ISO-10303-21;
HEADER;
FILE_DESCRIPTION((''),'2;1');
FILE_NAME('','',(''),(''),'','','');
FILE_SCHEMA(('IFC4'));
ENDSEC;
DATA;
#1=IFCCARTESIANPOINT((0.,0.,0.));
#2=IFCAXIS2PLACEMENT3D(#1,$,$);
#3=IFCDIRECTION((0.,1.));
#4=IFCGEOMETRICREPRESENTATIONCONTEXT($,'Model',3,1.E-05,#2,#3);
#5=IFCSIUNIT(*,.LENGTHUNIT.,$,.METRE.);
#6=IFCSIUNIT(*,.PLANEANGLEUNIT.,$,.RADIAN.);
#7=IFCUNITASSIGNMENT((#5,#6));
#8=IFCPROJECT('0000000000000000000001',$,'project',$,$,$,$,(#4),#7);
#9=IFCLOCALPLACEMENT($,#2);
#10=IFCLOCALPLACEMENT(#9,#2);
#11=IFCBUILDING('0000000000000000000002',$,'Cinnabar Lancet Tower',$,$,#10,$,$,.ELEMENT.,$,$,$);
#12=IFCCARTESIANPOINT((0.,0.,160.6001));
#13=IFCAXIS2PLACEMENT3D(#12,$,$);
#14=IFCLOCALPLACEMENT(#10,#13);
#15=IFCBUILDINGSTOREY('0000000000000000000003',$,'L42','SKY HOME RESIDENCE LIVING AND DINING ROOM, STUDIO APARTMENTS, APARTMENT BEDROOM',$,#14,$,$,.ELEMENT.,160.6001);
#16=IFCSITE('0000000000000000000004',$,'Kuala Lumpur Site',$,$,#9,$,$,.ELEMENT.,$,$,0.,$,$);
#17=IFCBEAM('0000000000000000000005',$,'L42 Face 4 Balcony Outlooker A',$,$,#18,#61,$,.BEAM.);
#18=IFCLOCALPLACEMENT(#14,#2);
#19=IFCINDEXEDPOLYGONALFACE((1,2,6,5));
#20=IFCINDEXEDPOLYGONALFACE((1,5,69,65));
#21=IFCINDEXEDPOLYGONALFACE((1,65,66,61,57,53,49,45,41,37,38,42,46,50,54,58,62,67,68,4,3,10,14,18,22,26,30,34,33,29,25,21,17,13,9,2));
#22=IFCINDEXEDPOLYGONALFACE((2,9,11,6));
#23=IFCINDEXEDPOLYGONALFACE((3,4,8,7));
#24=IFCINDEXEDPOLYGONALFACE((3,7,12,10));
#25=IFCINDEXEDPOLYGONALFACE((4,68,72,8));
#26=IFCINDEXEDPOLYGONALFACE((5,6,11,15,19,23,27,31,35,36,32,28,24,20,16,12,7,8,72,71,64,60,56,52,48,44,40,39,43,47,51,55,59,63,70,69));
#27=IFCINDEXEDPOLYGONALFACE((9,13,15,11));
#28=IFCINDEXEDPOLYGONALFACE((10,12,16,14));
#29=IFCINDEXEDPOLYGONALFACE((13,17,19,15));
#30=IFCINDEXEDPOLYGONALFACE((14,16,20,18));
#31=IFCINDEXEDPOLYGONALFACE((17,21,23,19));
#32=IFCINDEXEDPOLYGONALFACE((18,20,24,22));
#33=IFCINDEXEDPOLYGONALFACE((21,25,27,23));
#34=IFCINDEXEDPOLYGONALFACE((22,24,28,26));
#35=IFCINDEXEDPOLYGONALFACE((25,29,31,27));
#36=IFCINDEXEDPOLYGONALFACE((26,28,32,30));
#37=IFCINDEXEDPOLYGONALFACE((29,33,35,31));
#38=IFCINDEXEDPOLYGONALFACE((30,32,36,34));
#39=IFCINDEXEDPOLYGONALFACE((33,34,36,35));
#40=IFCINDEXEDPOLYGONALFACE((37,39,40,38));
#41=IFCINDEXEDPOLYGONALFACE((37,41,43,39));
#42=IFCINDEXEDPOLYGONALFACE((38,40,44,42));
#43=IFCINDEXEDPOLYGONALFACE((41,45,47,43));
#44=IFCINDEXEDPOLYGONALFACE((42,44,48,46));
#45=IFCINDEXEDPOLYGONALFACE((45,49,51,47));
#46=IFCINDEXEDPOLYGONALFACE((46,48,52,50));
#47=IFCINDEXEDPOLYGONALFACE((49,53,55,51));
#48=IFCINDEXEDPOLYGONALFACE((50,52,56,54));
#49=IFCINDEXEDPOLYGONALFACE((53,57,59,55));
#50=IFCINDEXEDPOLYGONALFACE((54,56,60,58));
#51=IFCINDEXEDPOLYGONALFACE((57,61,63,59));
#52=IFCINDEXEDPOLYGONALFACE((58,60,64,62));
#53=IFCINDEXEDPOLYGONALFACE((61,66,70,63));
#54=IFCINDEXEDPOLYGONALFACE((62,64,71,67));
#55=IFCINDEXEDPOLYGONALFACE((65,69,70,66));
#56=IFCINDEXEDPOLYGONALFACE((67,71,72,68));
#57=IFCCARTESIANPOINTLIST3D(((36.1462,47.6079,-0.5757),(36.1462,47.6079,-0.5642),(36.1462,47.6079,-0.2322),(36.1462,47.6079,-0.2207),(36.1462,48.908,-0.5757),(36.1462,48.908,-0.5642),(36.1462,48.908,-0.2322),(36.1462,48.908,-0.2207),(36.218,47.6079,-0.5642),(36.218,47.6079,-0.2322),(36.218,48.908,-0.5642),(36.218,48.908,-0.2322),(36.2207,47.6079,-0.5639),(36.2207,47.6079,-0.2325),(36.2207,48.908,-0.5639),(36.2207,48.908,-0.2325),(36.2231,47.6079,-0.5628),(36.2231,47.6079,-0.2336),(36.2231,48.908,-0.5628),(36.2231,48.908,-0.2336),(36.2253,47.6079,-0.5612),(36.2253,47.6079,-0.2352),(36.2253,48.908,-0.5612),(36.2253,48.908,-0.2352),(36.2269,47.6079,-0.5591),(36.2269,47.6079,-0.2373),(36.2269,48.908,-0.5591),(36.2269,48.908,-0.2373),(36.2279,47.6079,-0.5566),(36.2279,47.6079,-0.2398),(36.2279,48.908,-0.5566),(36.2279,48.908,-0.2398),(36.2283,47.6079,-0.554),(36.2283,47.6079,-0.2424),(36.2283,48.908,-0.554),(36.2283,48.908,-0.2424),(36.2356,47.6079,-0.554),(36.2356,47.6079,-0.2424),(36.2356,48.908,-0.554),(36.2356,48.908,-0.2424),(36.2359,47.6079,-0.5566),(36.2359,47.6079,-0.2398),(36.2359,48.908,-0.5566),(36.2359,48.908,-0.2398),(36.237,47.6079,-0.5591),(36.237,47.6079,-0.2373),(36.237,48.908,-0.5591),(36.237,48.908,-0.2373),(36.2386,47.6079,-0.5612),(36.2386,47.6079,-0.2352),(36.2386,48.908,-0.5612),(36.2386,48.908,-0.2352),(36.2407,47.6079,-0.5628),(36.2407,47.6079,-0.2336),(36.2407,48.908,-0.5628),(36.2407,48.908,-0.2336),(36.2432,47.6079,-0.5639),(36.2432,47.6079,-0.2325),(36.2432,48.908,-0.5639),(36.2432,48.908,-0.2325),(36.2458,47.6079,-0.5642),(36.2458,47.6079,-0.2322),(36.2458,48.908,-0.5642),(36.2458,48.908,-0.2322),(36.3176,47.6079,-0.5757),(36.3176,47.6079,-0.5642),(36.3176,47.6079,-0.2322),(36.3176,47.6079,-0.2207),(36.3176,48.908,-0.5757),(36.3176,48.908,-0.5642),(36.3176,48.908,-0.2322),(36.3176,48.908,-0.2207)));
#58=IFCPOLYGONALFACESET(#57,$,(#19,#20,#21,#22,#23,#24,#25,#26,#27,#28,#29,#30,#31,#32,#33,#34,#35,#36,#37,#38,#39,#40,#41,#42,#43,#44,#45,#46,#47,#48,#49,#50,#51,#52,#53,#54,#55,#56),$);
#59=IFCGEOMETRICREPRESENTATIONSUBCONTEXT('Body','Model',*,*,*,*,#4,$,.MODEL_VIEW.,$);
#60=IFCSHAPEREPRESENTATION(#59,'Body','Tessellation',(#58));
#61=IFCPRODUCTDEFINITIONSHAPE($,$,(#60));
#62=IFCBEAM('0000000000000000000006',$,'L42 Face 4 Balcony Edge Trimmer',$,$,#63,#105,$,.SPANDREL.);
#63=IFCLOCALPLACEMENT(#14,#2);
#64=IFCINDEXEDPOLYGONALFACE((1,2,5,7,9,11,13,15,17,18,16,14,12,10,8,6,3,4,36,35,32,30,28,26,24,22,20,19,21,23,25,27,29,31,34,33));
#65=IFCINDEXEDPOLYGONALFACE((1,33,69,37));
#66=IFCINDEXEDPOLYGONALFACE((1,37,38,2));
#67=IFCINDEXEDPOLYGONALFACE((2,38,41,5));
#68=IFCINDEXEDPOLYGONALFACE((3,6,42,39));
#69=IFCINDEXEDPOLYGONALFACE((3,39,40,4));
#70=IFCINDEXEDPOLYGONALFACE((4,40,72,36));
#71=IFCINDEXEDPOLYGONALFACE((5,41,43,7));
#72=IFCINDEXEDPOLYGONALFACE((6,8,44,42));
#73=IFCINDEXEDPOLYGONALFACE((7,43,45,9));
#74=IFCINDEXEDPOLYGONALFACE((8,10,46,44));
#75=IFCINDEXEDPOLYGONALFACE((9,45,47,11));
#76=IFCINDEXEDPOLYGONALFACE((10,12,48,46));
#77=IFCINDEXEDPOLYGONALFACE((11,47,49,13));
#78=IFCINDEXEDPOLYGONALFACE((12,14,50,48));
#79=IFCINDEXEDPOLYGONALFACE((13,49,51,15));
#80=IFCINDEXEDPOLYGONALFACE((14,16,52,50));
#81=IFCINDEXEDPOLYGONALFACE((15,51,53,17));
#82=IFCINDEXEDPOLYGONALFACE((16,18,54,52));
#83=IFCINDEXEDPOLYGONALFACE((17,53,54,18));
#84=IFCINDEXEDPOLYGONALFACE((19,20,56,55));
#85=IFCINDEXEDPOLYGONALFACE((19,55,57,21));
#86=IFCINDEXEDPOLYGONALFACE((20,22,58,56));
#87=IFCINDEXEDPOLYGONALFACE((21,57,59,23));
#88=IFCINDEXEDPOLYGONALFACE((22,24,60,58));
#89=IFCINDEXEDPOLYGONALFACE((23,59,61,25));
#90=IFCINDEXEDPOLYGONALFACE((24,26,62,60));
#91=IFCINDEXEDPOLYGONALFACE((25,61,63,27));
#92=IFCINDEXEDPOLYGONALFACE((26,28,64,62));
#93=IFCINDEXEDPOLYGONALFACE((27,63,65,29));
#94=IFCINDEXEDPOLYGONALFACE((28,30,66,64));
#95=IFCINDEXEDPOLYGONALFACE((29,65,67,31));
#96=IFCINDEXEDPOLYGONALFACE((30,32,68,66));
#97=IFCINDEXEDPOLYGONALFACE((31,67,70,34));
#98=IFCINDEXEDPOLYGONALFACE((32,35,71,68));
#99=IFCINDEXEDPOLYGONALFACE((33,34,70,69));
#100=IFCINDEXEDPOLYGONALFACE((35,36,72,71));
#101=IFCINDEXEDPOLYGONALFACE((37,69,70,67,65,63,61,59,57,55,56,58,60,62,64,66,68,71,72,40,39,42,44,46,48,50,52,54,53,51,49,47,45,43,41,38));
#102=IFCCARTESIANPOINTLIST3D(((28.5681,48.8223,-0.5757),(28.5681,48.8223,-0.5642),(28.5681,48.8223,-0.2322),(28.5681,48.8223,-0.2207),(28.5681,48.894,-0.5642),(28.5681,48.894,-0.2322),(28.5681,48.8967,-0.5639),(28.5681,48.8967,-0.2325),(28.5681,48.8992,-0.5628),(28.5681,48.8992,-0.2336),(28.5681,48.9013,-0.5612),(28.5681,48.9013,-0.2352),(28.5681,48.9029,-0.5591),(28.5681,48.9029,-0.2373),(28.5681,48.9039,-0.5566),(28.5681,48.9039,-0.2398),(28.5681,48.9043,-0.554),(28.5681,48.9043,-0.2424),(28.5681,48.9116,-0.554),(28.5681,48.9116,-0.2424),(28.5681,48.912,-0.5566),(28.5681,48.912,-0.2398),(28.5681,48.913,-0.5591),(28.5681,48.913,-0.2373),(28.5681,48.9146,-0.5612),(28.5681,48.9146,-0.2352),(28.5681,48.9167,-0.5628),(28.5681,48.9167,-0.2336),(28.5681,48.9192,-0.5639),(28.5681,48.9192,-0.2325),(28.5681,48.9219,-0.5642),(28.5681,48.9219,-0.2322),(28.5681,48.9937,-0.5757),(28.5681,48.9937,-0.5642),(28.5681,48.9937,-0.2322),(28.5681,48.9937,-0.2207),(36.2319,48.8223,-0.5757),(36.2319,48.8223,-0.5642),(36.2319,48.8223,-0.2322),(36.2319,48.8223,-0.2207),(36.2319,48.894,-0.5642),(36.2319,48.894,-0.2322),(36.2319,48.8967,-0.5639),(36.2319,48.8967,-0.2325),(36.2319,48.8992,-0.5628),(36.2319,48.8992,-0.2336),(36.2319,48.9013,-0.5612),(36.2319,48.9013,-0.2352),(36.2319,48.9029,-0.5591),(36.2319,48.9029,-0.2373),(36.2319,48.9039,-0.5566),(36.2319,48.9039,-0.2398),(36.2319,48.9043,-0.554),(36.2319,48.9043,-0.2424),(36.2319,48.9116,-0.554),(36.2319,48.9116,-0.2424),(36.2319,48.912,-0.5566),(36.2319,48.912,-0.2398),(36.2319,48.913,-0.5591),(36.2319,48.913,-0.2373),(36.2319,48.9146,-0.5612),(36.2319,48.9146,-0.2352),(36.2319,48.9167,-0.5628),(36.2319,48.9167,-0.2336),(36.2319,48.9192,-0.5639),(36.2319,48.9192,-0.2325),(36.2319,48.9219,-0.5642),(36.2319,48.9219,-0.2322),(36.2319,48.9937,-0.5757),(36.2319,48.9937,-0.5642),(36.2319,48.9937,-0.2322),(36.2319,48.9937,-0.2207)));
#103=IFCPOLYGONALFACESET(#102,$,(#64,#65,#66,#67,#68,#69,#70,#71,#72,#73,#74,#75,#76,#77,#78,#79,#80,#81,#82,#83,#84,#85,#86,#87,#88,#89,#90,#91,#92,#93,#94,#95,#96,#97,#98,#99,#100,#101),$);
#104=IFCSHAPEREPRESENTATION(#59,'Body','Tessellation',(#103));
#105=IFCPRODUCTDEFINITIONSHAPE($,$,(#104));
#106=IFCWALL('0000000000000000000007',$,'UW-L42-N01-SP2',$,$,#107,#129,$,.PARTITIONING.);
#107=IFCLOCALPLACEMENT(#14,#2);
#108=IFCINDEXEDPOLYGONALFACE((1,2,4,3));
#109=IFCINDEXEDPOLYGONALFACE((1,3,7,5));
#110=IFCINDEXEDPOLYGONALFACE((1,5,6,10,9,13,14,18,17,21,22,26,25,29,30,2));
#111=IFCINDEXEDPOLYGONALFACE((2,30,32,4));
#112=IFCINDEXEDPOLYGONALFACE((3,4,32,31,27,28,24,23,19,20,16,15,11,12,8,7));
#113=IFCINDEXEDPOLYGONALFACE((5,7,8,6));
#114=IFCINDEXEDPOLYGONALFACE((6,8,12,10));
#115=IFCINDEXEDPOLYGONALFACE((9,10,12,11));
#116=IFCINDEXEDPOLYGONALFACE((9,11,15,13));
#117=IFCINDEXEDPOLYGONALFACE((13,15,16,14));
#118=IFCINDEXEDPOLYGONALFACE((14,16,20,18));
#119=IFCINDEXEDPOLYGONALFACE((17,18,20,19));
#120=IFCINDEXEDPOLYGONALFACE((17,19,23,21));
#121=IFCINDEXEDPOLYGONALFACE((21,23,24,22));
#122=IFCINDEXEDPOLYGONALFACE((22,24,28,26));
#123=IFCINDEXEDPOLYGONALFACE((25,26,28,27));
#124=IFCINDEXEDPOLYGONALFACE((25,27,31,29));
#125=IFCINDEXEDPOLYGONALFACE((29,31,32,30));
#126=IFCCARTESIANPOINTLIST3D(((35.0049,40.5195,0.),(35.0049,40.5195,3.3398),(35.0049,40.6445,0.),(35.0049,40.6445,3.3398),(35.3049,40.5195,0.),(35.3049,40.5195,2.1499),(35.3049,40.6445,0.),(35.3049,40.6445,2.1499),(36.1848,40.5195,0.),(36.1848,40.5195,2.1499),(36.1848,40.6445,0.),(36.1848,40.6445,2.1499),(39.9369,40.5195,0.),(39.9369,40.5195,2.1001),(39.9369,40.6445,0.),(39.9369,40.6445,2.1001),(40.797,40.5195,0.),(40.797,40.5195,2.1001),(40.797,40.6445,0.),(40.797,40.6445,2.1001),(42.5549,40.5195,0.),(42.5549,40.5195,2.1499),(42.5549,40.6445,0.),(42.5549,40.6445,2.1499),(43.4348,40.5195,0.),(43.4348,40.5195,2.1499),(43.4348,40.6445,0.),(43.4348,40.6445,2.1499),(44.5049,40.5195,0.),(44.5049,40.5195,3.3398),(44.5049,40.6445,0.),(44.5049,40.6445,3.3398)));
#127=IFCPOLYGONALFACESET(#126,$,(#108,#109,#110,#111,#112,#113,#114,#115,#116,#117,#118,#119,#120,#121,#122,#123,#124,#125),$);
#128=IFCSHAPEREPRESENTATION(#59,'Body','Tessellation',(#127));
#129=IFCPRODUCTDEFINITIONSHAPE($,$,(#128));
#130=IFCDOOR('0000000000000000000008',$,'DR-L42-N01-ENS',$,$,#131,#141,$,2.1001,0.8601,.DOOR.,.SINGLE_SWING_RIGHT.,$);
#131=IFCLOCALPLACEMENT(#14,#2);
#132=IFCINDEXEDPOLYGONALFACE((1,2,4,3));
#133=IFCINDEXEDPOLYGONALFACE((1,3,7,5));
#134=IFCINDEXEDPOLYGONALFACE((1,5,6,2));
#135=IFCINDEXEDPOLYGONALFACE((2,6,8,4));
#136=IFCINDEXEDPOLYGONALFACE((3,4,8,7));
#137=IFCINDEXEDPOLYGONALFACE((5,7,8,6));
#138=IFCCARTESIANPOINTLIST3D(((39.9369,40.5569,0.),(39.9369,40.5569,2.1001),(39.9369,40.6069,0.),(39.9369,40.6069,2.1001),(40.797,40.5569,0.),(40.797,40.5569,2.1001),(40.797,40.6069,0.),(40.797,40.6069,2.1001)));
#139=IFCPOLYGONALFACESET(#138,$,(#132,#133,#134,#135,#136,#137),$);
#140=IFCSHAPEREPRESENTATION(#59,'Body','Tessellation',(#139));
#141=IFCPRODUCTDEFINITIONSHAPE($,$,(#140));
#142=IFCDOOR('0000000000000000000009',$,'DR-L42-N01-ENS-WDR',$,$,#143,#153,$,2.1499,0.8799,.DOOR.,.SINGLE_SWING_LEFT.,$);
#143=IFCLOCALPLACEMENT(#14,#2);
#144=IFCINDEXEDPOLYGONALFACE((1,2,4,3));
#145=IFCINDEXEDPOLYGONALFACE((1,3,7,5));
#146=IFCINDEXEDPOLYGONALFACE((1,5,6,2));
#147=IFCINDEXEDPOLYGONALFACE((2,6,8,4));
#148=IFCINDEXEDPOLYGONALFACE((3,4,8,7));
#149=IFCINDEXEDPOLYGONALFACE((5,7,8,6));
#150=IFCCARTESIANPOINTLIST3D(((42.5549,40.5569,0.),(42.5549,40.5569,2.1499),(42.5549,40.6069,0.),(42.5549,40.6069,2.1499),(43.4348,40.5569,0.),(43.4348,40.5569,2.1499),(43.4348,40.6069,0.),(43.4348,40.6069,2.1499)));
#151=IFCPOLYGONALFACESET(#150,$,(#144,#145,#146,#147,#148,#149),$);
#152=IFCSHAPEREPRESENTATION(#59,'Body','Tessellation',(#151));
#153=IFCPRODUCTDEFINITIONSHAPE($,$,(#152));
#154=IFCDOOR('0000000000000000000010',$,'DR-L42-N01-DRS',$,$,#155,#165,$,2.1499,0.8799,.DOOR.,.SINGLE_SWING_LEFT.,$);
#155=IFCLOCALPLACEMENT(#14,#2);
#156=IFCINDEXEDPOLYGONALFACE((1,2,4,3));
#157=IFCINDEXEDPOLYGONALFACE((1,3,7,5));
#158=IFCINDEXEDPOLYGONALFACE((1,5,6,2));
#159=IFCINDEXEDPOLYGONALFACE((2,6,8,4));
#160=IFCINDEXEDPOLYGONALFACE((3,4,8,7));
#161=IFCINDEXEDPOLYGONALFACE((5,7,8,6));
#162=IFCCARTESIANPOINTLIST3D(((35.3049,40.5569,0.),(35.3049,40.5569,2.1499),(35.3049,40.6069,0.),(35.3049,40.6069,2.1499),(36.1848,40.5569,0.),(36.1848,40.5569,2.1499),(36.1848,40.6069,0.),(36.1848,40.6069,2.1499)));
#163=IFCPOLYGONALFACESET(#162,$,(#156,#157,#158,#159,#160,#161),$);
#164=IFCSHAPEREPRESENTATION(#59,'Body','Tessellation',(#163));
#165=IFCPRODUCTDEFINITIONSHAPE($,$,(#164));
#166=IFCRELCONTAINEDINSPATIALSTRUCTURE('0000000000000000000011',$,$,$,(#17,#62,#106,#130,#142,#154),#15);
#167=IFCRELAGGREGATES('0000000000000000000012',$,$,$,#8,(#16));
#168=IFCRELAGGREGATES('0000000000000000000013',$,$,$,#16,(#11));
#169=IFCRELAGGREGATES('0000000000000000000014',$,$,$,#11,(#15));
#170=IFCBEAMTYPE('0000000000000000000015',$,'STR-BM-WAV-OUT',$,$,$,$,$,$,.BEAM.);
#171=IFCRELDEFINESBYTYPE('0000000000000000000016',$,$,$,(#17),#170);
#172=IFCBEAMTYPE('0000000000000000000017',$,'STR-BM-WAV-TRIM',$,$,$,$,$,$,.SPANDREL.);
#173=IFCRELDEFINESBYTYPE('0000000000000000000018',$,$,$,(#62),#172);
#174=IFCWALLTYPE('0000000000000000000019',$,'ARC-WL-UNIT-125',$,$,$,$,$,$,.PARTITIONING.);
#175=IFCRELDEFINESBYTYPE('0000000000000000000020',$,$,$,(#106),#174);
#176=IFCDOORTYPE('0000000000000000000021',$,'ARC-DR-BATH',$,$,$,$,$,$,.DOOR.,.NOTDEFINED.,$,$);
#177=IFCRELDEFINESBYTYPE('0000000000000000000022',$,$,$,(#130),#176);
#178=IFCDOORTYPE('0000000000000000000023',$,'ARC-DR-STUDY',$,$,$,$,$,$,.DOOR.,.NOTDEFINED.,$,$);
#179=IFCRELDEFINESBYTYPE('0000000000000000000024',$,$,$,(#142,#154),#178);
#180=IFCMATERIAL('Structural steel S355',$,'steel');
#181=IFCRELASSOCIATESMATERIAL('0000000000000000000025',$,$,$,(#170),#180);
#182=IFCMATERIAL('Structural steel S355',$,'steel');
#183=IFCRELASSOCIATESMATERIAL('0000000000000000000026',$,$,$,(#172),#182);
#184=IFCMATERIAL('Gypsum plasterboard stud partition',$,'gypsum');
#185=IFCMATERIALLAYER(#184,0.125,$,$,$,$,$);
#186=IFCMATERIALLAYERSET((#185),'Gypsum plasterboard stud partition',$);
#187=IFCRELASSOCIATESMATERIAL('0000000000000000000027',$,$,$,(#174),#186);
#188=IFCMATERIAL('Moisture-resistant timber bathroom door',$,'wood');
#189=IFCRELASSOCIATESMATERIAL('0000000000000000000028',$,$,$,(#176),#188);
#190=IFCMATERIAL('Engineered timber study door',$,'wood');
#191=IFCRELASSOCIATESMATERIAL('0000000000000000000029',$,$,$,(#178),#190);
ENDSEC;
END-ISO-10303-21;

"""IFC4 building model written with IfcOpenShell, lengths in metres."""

from ifc_helpers import new_model, si_unit, direction, frame, frame_2d, origin, origin_2d, place, context, subcontext, project, spatial, rectangle, i_section, extrude, material, layer, layer_set, material_profile, profile_set, type_object, element, fill, save


model = new_model("IFC4")

# Units and contexts
model_context = context("Model", 3, precision=1e-05, world=origin(), true_north=direction((0.0, 1.0)))
body_context = subcontext(model_context, "Body", "Model", "MODEL_VIEW")
ifc_project = project(units=[si_unit("LENGTHUNIT", "METRE"), si_unit("PLANEANGLEUNIT", "RADIAN")], contexts=[model_context])

# Site, building, storey
site_placement = place(None, origin())
site = spatial("IfcSite", under=ifc_project, at=site_placement, Name="Kuala Lumpur Site", CompositionType="ELEMENT", RefElevation=0.0)
building_placement = place(site_placement, origin())
building = spatial("IfcBuilding", under=site, at=building_placement, Name="Cinnabar Lancet Tower", CompositionType="ELEMENT")
storey_placement = place(building_placement, frame((0.0, 0.0, 160.6001)))
storey = spatial("IfcBuildingStorey", under=building, at=storey_placement, Name="L42", Description="SKY HOME RESIDENCE LIVING AND DINING ROOM, STUDIO APARTMENTS, APARTMENT BEDROOM", CompositionType="ELEMENT", Elevation=160.6001)

# Beams
ifc_material_1 = material(Name="Structural steel S355", Category="steel")
ifc_material_profile_1 = material_profile(ifc_material_1, i_section(OverallWidth=0.1714, OverallDepth=0.355, WebThickness=0.0073, FlangeThickness=0.0115, FilletRadius=0.0103, at=origin_2d()), Name="UKB 356x171x51")
ifc_profile_set_1 = profile_set([ifc_material_profile_1], Name="Structural steel S355")
beam_type_1 = type_object("IfcBeamType", Name="STR-BM-WAV-OUT", PredefinedType="BEAM", material=ifc_profile_set_1)
beam_1_placement = place(storey_placement, frame((36.2319, 47.6079, -0.3982), z_axis=(0.0, 1.0, 0.0), x_axis=(-1.0, 0.0, 0.0)))
element("IfcBeam", 1, at=beam_1_placement, inside=storey, type_object=beam_type_1, Name="L42 Face 4 Balcony Outlooker A", PredefinedType="BEAM", context=body_context, shape_type="SweptSolid", body=[
    extrude(i_section(OverallWidth=0.1714, OverallDepth=0.355, WebThickness=0.0073, FlangeThickness=0.0115, FilletRadius=0.0103, at=origin_2d()), origin(), (0.0, 0.0, 1.0), 1.3),
])
ifc_material_2 = material(Name="Structural steel S355", Category="steel")
ifc_material_profile_2 = material_profile(ifc_material_2, i_section(OverallWidth=0.1714, OverallDepth=0.355, WebThickness=0.0073, FlangeThickness=0.0115, FilletRadius=0.0103, at=origin_2d()), Name="UKB 356x171x51")
ifc_profile_set_2 = profile_set([ifc_material_profile_2], Name="Structural steel S355")
beam_type_2 = type_object("IfcBeamType", Name="STR-BM-WAV-TRIM", PredefinedType="SPANDREL", material=ifc_profile_set_2)
beam_2_placement = place(storey_placement, frame((36.2319, 48.908, -0.3982), z_axis=(-1.0, 0.0, 0.0), x_axis=(0.0, -1.0, 0.0)))
element("IfcBeam", 2, at=beam_2_placement, inside=storey, type_object=beam_type_2, Name="L42 Face 4 Balcony Edge Trimmer", PredefinedType="SPANDREL", context=body_context, shape_type="SweptSolid", body=[
    extrude(i_section(OverallWidth=0.1714, OverallDepth=0.355, WebThickness=0.0073, FlangeThickness=0.0115, FilletRadius=0.0103, at=origin_2d()), origin(), (0.0, 0.0, 1.0), 7.6638),
])

# Wall, openings, doors
ifc_material_3 = material(Name="Gypsum plasterboard stud partition", Category="gypsum")
ifc_layer_1 = layer(ifc_material_3, 0.125)
ifc_layer_set_1 = layer_set([ifc_layer_1], Name="Gypsum plasterboard stud partition")
wall_type_1 = type_object("IfcWallType", Name="ARC-WL-UNIT-125", PredefinedType="PARTITIONING", material=ifc_layer_set_1)
wall_1_placement = place(storey_placement, frame((35.0049, 40.582, 0.0), z_axis=(0.0, 0.0, 1.0), x_axis=(1.0, 0.0, 0.0)))
wall_1 = element("IfcWall", 3, at=wall_1_placement, inside=storey, type_object=wall_type_1, Name="UW-L42-N01-SP2", PredefinedType="PARTITIONING", context=body_context, shape_type="SweptSolid", body=[
    extrude(rectangle(XDim=9.5, YDim=0.125, at=frame_2d((4.75, 0.0))), origin(), (0.0, 0.0, 1.0), 3.3398),
])
opening_1_placement = place(wall_1_placement, frame((4.9319, 0.0, 0.0)))
opening_1 = element("IfcOpeningElement", 4, at=opening_1_placement, cuts=wall_1, PredefinedType="OPENING", context=body_context, shape_type="SweptSolid", body=[
    extrude(rectangle(XDim=0.8601, YDim=2.1001, at=frame_2d((0.4302, 1.05))), frame((0.0, 0.0725, 0.0), z_axis=(0.0, -1.0, 0.0), x_axis=(1.0, 0.0, 0.0)), (0.0, 0.0, 1.0), 0.145),
])
opening_2_placement = place(wall_1_placement, frame((7.55, 0.0, 0.0)))
opening_2 = element("IfcOpeningElement", 5, at=opening_2_placement, cuts=wall_1, PredefinedType="OPENING", context=body_context, shape_type="SweptSolid", body=[
    extrude(rectangle(XDim=0.8799, YDim=2.1499, at=frame_2d((0.4399, 1.075))), frame((0.0, 0.0725, 0.0), z_axis=(0.0, -1.0, 0.0), x_axis=(1.0, 0.0, 0.0)), (0.0, 0.0, 1.0), 0.145),
])
opening_3_placement = place(wall_1_placement, frame((0.3, 0.0, 0.0)))
opening_3 = element("IfcOpeningElement", 6, at=opening_3_placement, cuts=wall_1, PredefinedType="OPENING", context=body_context, shape_type="SweptSolid", body=[
    extrude(rectangle(XDim=0.8799, YDim=2.1499, at=frame_2d((0.4399, 1.075))), frame((0.0, 0.0725, 0.0), z_axis=(0.0, -1.0, 0.0), x_axis=(1.0, 0.0, 0.0)), (0.0, 0.0, 1.0), 0.145),
])
ifc_material_4 = material(Name="Moisture-resistant timber bathroom door", Category="wood")
door_type_1 = type_object("IfcDoorType", Name="ARC-DR-BATH", OperationType="NOTDEFINED", PredefinedType="DOOR", material=ifc_material_4)
door_1_placement = place(opening_1_placement, origin())
door_1 = element("IfcDoor", 7, at=door_1_placement, inside=storey, type_object=door_type_1, Name="DR-L42-N01-ENS", OperationType="SINGLE_SWING_RIGHT", OverallHeight=2.1001, OverallWidth=0.8601, PredefinedType="DOOR", context=body_context, shape_type="SweptSolid", body=[
    extrude(rectangle(XDim=0.8601, YDim=2.1001, at=frame_2d((0.4302, 1.05))), frame((0.0, 0.0249, 0.0), z_axis=(0.0, -1.0, 0.0), x_axis=(1.0, 0.0, 0.0)), (0.0, 0.0, 1.0), 0.05),
])
fill(opening_1, door_1)
ifc_material_5 = material(Name="Engineered timber study door", Category="wood")
door_type_2 = type_object("IfcDoorType", Name="ARC-DR-STUDY", OperationType="NOTDEFINED", PredefinedType="DOOR", material=ifc_material_5)
door_2_placement = place(opening_2_placement, origin())
door_2 = element("IfcDoor", 8, at=door_2_placement, inside=storey, type_object=door_type_2, Name="DR-L42-N01-ENS-WDR", OperationType="SINGLE_SWING_LEFT", OverallHeight=2.1499, OverallWidth=0.8799, PredefinedType="DOOR", context=body_context, shape_type="SweptSolid", body=[
    extrude(rectangle(XDim=0.8799, YDim=2.1499, at=frame_2d((0.4399, 1.075))), frame((0.0, 0.0249, 0.0), z_axis=(0.0, -1.0, 0.0), x_axis=(1.0, 0.0, 0.0)), (0.0, 0.0, 1.0), 0.05),
])
fill(opening_2, door_2)
door_3_placement = place(opening_3_placement, origin())
door_3 = element("IfcDoor", 9, at=door_3_placement, inside=storey, type_object=door_type_2, Name="DR-L42-N01-DRS", OperationType="SINGLE_SWING_LEFT", OverallHeight=2.1499, OverallWidth=0.8799, PredefinedType="DOOR", context=body_context, shape_type="SweptSolid", body=[
    extrude(rectangle(XDim=0.8799, YDim=2.1499, at=frame_2d((0.4399, 1.075))), frame((0.0, 0.0249, 0.0), z_axis=(0.0, -1.0, 0.0), x_axis=(1.0, 0.0, 0.0)), (0.0, 0.0, 1.0), 0.05),
])
fill(opening_3, door_3)

save(model, "model.ifc")
